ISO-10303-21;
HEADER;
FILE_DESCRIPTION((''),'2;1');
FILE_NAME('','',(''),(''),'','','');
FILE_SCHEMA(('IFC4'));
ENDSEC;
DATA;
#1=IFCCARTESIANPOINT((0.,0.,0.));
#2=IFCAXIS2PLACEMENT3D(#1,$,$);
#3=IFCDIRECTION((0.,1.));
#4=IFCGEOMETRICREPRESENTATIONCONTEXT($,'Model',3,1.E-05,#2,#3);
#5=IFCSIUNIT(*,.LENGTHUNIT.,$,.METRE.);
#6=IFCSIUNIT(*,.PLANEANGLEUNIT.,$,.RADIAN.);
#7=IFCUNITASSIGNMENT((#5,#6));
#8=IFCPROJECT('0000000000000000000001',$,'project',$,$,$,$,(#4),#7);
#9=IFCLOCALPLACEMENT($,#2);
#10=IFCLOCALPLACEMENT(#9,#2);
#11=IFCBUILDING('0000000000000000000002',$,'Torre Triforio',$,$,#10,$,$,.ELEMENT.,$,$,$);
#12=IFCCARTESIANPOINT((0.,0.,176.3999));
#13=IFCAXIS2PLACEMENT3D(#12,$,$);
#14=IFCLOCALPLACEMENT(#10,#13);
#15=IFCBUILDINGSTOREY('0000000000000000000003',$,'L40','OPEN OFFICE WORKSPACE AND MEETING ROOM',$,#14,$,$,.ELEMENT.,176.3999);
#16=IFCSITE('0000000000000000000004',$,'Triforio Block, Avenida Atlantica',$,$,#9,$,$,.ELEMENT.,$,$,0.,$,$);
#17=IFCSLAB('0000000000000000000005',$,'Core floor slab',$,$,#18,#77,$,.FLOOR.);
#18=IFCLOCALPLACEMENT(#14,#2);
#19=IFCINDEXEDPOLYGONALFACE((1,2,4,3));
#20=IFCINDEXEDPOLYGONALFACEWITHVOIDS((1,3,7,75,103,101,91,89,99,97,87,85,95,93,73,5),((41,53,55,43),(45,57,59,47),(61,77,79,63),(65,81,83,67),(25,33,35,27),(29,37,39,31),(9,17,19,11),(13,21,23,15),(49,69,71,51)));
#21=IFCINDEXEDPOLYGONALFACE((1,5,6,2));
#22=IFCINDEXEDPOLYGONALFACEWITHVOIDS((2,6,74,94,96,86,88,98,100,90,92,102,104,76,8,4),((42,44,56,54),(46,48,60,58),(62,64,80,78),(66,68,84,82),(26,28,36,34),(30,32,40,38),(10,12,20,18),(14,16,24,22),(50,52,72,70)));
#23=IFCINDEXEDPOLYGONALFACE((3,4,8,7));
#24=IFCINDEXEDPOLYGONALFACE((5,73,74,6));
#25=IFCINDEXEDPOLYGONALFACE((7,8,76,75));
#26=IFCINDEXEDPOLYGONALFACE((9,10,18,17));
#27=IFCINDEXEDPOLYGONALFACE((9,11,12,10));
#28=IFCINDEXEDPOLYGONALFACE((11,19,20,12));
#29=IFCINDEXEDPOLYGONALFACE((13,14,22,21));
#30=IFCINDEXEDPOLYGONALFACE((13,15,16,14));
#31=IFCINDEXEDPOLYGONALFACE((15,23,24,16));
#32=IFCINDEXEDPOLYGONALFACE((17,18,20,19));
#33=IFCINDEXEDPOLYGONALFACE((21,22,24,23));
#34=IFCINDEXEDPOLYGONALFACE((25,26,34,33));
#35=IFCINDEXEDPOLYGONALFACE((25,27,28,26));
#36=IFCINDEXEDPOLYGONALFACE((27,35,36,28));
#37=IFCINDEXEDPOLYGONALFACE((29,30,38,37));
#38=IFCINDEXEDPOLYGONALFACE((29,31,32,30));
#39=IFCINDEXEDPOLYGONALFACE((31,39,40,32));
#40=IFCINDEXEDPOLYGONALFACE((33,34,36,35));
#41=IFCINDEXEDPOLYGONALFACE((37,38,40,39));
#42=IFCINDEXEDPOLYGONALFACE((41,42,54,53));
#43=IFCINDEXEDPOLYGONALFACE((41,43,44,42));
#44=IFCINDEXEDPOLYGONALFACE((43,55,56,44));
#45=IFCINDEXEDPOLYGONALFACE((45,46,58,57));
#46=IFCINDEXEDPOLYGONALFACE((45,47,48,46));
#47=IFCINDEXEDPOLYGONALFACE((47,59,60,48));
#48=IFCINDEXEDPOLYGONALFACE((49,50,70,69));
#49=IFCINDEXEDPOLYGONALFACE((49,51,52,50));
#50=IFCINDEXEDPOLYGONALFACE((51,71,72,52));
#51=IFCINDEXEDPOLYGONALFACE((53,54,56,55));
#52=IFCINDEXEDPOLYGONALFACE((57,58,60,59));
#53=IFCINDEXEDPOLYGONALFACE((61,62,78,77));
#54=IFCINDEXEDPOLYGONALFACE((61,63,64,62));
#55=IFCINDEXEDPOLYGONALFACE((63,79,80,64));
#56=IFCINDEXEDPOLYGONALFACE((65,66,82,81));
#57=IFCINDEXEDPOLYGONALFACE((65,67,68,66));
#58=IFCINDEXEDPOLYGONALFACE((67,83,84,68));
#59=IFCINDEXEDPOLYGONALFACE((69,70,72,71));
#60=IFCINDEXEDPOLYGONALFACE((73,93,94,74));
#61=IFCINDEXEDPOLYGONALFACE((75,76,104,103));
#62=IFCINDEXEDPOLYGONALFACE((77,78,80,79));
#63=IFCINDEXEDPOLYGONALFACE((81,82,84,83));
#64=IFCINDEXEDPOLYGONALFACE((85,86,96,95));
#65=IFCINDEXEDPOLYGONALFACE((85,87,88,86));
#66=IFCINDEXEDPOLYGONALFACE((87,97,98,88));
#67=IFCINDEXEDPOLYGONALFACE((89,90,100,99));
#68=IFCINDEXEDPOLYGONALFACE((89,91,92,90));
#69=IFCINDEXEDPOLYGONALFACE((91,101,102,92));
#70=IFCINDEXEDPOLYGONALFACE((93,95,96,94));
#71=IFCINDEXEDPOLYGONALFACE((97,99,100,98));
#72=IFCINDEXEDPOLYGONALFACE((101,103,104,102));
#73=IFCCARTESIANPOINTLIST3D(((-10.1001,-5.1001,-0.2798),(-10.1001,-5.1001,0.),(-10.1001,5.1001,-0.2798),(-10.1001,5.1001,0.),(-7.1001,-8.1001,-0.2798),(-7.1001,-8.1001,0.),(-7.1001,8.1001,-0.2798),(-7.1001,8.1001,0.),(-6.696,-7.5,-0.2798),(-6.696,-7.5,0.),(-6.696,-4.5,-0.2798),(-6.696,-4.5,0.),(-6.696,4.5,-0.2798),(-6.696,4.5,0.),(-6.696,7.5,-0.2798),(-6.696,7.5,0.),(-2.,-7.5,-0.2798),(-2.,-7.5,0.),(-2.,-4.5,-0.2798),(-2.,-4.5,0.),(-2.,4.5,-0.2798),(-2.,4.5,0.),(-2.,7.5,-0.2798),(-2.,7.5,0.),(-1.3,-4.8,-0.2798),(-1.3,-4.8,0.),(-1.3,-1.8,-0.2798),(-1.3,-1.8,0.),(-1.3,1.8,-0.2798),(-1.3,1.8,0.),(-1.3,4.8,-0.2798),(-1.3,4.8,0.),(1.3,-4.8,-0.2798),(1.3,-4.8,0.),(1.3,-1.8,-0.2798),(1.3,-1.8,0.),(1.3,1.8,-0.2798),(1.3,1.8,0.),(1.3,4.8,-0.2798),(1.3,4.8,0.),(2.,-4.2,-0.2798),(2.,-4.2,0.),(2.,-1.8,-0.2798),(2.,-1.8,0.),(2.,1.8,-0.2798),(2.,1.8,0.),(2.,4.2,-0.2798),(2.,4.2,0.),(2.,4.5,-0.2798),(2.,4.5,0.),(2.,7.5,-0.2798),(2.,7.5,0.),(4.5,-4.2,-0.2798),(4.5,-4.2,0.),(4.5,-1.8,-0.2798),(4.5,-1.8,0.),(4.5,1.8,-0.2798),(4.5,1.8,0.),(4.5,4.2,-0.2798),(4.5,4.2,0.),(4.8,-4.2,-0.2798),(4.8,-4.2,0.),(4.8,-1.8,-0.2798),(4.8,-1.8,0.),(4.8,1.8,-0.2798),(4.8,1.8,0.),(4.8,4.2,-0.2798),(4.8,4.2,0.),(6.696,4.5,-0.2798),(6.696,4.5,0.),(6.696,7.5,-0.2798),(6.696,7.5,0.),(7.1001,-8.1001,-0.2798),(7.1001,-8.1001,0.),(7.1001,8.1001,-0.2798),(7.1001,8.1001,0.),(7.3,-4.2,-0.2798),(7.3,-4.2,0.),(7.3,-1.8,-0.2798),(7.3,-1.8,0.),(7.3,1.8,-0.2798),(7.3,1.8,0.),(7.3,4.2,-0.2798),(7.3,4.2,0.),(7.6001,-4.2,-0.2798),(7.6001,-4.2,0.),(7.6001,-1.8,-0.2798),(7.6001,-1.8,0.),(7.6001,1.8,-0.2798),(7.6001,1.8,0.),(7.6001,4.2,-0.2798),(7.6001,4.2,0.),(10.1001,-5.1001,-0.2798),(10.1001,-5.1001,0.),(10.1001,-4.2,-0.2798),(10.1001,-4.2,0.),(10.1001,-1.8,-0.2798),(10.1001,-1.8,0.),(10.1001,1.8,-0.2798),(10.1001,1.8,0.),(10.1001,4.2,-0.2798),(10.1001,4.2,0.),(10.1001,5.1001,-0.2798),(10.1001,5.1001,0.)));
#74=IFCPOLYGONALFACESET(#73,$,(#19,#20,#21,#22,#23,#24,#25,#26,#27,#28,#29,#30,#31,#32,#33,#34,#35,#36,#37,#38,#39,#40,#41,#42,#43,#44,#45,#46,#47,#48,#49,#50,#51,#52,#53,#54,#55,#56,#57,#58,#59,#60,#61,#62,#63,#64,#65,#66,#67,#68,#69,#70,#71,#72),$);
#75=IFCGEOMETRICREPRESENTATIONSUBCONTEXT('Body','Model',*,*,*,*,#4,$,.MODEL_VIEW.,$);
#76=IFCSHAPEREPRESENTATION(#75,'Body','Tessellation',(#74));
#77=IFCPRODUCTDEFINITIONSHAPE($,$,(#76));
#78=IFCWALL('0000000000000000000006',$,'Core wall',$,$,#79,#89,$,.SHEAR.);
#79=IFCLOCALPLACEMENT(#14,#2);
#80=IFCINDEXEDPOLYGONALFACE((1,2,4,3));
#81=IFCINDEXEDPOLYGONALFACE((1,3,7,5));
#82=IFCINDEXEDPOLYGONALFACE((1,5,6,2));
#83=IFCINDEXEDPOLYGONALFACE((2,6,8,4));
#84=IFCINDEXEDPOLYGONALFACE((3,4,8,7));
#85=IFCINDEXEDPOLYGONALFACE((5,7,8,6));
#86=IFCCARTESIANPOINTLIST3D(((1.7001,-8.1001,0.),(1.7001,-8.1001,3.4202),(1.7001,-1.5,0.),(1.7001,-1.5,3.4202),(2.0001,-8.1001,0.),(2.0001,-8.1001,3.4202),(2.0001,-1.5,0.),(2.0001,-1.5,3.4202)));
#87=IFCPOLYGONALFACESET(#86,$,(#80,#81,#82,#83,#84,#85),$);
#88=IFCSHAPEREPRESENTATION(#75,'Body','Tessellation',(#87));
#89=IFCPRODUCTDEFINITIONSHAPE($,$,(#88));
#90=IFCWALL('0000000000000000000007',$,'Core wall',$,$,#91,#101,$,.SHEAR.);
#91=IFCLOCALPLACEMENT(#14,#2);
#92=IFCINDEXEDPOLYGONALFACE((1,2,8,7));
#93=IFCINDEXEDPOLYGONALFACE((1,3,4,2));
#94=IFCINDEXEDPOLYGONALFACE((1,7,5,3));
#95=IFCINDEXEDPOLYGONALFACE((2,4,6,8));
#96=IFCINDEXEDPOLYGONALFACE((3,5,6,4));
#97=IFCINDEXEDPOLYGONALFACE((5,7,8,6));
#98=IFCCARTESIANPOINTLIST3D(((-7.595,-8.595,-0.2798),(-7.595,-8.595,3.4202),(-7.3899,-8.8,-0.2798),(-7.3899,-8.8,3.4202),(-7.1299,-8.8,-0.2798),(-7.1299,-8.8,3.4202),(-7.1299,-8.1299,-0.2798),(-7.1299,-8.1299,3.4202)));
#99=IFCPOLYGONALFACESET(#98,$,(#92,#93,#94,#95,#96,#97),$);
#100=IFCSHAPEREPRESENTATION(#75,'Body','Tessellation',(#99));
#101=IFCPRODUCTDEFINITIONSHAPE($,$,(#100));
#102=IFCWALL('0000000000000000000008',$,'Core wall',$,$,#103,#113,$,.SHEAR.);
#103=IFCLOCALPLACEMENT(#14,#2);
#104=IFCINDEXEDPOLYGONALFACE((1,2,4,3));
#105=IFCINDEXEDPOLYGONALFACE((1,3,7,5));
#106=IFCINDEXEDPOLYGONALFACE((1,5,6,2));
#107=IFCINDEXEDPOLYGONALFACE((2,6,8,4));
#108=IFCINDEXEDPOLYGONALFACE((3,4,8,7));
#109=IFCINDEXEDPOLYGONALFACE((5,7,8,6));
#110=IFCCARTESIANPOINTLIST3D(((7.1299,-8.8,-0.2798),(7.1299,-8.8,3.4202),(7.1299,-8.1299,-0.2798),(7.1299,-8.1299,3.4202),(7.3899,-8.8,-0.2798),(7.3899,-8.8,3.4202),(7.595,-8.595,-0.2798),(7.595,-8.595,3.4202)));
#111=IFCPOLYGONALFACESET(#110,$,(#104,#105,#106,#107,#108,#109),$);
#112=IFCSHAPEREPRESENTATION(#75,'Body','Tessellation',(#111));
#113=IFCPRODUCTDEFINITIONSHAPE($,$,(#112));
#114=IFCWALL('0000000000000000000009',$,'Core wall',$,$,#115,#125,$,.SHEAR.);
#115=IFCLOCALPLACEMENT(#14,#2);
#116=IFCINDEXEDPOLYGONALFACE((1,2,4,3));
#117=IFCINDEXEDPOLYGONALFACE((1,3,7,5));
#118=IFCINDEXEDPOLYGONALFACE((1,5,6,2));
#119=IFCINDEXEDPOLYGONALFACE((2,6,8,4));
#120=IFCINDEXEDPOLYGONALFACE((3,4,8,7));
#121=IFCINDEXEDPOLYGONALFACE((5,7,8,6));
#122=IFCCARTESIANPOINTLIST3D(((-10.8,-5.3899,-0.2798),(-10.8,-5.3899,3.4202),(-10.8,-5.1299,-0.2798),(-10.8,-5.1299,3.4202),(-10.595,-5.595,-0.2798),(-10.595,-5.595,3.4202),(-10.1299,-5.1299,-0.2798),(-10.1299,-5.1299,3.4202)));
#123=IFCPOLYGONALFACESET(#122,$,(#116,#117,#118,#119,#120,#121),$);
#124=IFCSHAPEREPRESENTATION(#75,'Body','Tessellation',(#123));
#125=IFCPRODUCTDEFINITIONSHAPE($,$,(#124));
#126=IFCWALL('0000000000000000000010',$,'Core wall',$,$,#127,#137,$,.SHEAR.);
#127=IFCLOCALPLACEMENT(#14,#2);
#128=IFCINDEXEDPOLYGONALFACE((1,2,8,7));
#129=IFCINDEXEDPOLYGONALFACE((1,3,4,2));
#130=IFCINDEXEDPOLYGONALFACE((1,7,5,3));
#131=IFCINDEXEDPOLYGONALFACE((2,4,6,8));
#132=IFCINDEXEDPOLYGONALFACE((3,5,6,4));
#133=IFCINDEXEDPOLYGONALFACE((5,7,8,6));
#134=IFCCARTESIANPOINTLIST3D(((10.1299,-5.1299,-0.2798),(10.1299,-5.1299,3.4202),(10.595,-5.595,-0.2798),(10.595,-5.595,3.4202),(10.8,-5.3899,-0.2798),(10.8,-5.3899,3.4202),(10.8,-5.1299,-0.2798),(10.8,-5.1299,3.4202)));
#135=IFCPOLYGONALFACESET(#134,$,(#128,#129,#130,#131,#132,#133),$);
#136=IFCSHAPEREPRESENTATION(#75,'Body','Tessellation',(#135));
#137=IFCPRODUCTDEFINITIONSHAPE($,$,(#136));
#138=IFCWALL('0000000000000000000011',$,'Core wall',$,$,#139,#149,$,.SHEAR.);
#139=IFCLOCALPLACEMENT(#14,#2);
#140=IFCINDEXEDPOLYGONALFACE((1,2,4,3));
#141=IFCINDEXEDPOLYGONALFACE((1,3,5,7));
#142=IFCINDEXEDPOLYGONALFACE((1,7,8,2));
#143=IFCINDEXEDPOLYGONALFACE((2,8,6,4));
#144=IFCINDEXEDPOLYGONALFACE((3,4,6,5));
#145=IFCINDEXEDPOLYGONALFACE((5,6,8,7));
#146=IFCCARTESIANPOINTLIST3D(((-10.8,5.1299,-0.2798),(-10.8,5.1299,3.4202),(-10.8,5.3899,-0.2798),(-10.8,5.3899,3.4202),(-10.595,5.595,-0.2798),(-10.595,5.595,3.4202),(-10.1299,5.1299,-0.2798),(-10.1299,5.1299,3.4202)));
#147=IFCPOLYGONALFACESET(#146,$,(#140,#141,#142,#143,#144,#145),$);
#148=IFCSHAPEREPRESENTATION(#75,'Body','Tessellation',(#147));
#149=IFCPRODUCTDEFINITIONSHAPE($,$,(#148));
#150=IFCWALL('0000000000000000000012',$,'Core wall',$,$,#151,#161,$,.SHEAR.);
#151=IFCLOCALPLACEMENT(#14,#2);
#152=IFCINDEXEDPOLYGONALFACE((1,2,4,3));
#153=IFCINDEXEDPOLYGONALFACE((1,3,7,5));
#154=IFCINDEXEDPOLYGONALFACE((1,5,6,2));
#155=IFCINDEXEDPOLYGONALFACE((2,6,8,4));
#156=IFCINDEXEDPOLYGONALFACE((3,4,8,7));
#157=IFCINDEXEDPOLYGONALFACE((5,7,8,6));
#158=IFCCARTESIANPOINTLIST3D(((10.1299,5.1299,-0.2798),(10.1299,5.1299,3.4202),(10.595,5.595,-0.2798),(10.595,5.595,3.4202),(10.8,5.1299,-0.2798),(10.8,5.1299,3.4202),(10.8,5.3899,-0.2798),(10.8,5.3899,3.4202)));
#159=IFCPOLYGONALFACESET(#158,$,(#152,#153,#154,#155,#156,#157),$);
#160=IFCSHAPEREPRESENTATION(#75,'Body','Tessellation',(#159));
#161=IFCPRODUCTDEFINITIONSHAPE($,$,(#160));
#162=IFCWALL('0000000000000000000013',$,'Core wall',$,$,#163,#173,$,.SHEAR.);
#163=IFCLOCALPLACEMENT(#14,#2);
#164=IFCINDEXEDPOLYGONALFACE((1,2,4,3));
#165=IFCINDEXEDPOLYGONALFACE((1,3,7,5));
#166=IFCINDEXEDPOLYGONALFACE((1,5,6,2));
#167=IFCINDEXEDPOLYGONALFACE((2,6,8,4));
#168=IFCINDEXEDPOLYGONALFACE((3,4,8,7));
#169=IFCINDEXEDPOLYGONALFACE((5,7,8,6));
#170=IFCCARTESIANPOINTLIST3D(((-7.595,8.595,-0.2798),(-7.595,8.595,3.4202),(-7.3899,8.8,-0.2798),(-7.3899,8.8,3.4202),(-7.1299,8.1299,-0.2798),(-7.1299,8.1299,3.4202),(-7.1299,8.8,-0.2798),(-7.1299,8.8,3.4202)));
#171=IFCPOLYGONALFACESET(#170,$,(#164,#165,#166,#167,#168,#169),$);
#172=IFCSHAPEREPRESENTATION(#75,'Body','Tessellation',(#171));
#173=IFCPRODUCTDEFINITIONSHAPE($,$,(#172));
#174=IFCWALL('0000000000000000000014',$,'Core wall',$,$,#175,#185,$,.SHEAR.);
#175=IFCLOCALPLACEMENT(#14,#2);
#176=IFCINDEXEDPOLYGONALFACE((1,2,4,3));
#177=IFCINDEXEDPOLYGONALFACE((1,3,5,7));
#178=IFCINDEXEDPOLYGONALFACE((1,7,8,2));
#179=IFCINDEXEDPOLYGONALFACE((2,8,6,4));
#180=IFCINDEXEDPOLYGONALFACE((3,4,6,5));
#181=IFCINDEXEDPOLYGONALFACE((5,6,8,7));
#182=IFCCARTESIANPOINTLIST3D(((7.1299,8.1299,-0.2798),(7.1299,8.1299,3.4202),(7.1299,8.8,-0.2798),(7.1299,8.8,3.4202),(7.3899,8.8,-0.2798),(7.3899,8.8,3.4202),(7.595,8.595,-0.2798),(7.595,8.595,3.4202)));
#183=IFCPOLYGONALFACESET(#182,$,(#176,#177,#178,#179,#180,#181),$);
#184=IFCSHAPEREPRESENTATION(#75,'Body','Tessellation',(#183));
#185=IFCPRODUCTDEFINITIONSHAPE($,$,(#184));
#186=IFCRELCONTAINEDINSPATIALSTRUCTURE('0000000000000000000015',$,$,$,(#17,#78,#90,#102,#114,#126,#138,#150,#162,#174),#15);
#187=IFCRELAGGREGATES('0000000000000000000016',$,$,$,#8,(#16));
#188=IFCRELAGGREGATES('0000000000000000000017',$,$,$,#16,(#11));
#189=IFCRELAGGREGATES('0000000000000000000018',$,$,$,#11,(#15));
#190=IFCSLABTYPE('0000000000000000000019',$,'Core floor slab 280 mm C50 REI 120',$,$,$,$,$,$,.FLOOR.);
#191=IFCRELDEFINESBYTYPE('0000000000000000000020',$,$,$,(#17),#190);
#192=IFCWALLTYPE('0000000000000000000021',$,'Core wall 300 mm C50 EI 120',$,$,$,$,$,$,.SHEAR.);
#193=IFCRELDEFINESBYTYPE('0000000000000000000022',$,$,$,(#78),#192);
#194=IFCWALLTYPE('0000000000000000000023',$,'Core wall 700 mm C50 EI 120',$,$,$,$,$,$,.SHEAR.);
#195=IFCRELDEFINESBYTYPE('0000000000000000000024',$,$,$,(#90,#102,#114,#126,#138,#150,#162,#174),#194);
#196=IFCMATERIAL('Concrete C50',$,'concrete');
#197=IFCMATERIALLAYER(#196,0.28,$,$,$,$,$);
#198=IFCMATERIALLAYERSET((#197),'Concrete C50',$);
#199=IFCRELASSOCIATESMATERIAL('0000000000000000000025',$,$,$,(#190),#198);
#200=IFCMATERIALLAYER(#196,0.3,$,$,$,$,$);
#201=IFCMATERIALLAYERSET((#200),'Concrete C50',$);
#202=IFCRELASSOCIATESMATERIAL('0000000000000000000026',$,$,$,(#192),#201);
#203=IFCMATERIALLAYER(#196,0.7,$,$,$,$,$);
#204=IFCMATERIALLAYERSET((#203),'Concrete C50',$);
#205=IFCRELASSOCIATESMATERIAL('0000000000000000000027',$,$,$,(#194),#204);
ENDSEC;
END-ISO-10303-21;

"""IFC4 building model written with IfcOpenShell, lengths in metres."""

from ifc_helpers import new_model, si_unit, direction, frame, frame_2d, origin, place, context, subcontext, project, spatial, polyline, rectangle, outline, extrude, material, layer, layer_set, type_object, element, save


model = new_model("IFC4")

# Units and contexts
model_context = context("Model", 3, precision=1e-05, world=origin(), true_north=direction((0.0, 1.0)))
body_context = subcontext(model_context, "Body", "Model", "MODEL_VIEW")
ifc_project = project(units=[si_unit("LENGTHUNIT", "METRE"), si_unit("PLANEANGLEUNIT", "RADIAN")], contexts=[model_context])

# Site, building, storey
site_placement = place(None, origin())
site = spatial("IfcSite", under=ifc_project, at=site_placement, Name="Triforio Block, Avenida Atlantica", CompositionType="ELEMENT", RefElevation=0.0)
building_placement = place(site_placement, origin())
building = spatial("IfcBuilding", under=site, at=building_placement, Name="Torre Triforio", CompositionType="ELEMENT")
storey_placement = place(building_placement, frame((0.0, 0.0, 176.3999)))
storey = spatial("IfcBuildingStorey", under=building, at=storey_placement, Name="L40", Description="OPEN OFFICE WORKSPACE AND MEETING ROOM", CompositionType="ELEMENT", Elevation=176.3999)

# Slab
ifc_material_1 = material(Name="Concrete C50", Category="concrete")
ifc_layer_1 = layer(ifc_material_1, 0.28)
ifc_layer_set_1 = layer_set([ifc_layer_1], Name="Concrete C50")
slab_type = type_object("IfcSlabType", Name="Core floor slab 280 mm C50 REI 120", PredefinedType="FLOOR", material=ifc_layer_set_1)
slab_placement = place(storey_placement, frame((0.0, 0.0, -0.2798)))
element("IfcSlab", 1, at=slab_placement, inside=storey, type_object=slab_type, Name="Core floor slab", PredefinedType="FLOOR", context=body_context, shape_type="SweptSolid", body=[
    extrude(outline(polyline([(10.1001, -5.1001), (7.1001, -8.1001), (-7.1001, -8.1001), (-10.1001, -5.1001), (-10.1001, 5.1001), (-7.1001, 8.1001), (7.1001, 8.1001), (10.1001, 5.1001), (10.1001, 4.2), (7.6001, 4.2), (7.6001, 1.8), (10.1001, 1.8), (10.1001, -1.8), (7.6001, -1.8), (7.6001, -4.2), (10.1001, -4.2), (10.1001, -5.1001)]), holes=[polyline([(-6.696, -4.5), (-6.696, -7.5), (-2.0, -7.5), (-2.0, -4.5), (-6.696, -4.5)]), polyline([(-1.3, -1.8), (-1.3, -4.8), (1.3, -4.8), (1.3, -1.8), (-1.3, -1.8)]), polyline([(2.0, -1.8), (2.0, -4.2), (4.5, -4.2), (4.5, -1.8), (2.0, -1.8)]), polyline([(4.5, 4.2), (2.0, 4.2), (2.0, 1.8), (4.5, 1.8), (4.5, 4.2)]), polyline([(1.3, 4.8), (-1.3, 4.8), (-1.3, 1.8), (1.3, 1.8), (1.3, 4.8)]), polyline([(-6.696, 7.5), (-6.696, 4.5), (-2.0, 4.5), (-2.0, 7.5), (-6.696, 7.5)]), polyline([(7.3, -1.8), (4.8, -1.8), (4.8, -4.2), (7.3, -4.2), (7.3, -1.8)]), polyline([(4.8, 4.2), (4.8, 1.8), (7.3, 1.8), (7.3, 4.2), (4.8, 4.2)]), polyline([(6.696, 7.5), (2.0, 7.5), (2.0, 4.5), (6.696, 4.5), (6.696, 7.5)])]), origin(), (0.0, 0.0, 1.0), 0.2798),
])

# Walls
ifc_layer_2 = layer(ifc_material_1, 0.3)
ifc_layer_set_2 = layer_set([ifc_layer_2], Name="Concrete C50")
wall_type_1 = type_object("IfcWallType", Name="Core wall 300 mm C50 EI 120", PredefinedType="SHEAR", material=ifc_layer_set_2)
wall_1_placement = place(storey_placement, frame((1.8501, -8.1001, 0.0), z_axis=(0.0, 0.0, 1.0), x_axis=(0.0, 1.0, 0.0)))
element("IfcWall", 2, at=wall_1_placement, inside=storey, type_object=wall_type_1, Name="Core wall", PredefinedType="SHEAR", context=body_context, shape_type="SweptSolid", body=[
    extrude(rectangle(XDim=6.6001, YDim=0.3, at=frame_2d((3.3, 0.0))), origin(), (0.0, 0.0, 1.0), 3.4202),
])
ifc_layer_3 = layer(ifc_material_1, 0.7)
ifc_layer_set_3 = layer_set([ifc_layer_3], Name="Concrete C50")
wall_type_2 = type_object("IfcWallType", Name="Core wall 700 mm C50 EI 120", PredefinedType="SHEAR", material=ifc_layer_set_3)
wall_2_placement = place(storey_placement, frame((0.0, 0.0, -0.2798)))
element("IfcWall", 3, at=wall_2_placement, inside=storey, type_object=wall_type_2, Name="Core wall", PredefinedType="SHEAR", context=body_context, shape_type="SweptSolid", body=[
    extrude(outline(polyline([(-7.3899, -8.8), (-7.595, -8.595), (-7.595, -8.595), (-7.595, -8.595), (-7.1299, -8.1299), (-7.1299, -8.8), (-7.1299, -8.8), (-7.3899, -8.8)])), origin(), (0.0, 0.0, 1.0), 3.7),
])
wall_3_placement = place(storey_placement, frame((0.0, 0.0, -0.2798)))
element("IfcWall", 4, at=wall_3_placement, inside=storey, type_object=wall_type_2, Name="Core wall", PredefinedType="SHEAR", context=body_context, shape_type="SweptSolid", body=[
    extrude(outline(polyline([(7.3899, -8.8), (7.1299, -8.8), (7.1299, -8.8), (7.1299, -8.1299), (7.595, -8.595), (7.595, -8.595), (7.595, -8.595), (7.3899, -8.8)])), origin(), (0.0, 0.0, 1.0), 3.7),
])
wall_4_placement = place(storey_placement, frame((0.0, 0.0, -0.2798)))
element("IfcWall", 5, at=wall_4_placement, inside=storey, type_object=wall_type_2, Name="Core wall", PredefinedType="SHEAR", context=body_context, shape_type="SweptSolid", body=[
    extrude(outline(polyline([(-10.8, -5.3899), (-10.8, -5.1299), (-10.8, -5.1299), (-10.1299, -5.1299), (-10.595, -5.595), (-10.595, -5.595), (-10.595, -5.595), (-10.8, -5.3899)])), origin(), (0.0, 0.0, 1.0), 3.7),
])
wall_5_placement = place(storey_placement, frame((0.0, 0.0, -0.2798)))
element("IfcWall", 6, at=wall_5_placement, inside=storey, type_object=wall_type_2, Name="Core wall", PredefinedType="SHEAR", context=body_context, shape_type="SweptSolid", body=[
    extrude(outline(polyline([(10.8, -5.3899), (10.595, -5.595), (10.595, -5.595), (10.595, -5.595), (10.1299, -5.1299), (10.8, -5.1299), (10.8, -5.1299), (10.8, -5.3899)])), origin(), (0.0, 0.0, 1.0), 3.7),
])
wall_6_placement = place(storey_placement, frame((0.0, 0.0, -0.2798)))
element("IfcWall", 7, at=wall_6_placement, inside=storey, type_object=wall_type_2, Name="Core wall", PredefinedType="SHEAR", context=body_context, shape_type="SweptSolid", body=[
    extrude(outline(polyline([(-10.595, 5.595), (-10.595, 5.595), (-10.595, 5.595), (-10.1299, 5.1299), (-10.8, 5.1299), (-10.8, 5.1299), (-10.8, 5.3899), (-10.595, 5.595)])), origin(), (0.0, 0.0, 1.0), 3.7),
])
wall_7_placement = place(storey_placement, frame((0.0, 0.0, -0.2798)))
element("IfcWall", 8, at=wall_7_placement, inside=storey, type_object=wall_type_2, Name="Core wall", PredefinedType="SHEAR", context=body_context, shape_type="SweptSolid", body=[
    extrude(outline(polyline([(10.8, 5.3899), (10.8, 5.1299), (10.8, 5.1299), (10.1299, 5.1299), (10.595, 5.595), (10.595, 5.595), (10.595, 5.595), (10.8, 5.3899)])), origin(), (0.0, 0.0, 1.0), 3.7),
])
wall_8_placement = place(storey_placement, frame((0.0, 0.0, -0.2798)))
element("IfcWall", 9, at=wall_8_placement, inside=storey, type_object=wall_type_2, Name="Core wall", PredefinedType="SHEAR", context=body_context, shape_type="SweptSolid", body=[
    extrude(outline(polyline([(-7.3899, 8.8), (-7.1299, 8.8), (-7.1299, 8.8), (-7.1299, 8.1299), (-7.595, 8.595), (-7.595, 8.595), (-7.595, 8.595), (-7.3899, 8.8)])), origin(), (0.0, 0.0, 1.0), 3.7),
])
wall_9_placement = place(storey_placement, frame((0.0, 0.0, -0.2798)))
element("IfcWall", 10, at=wall_9_placement, inside=storey, type_object=wall_type_2, Name="Core wall", PredefinedType="SHEAR", context=body_context, shape_type="SweptSolid", body=[
    extrude(outline(polyline([(7.3899, 8.8), (7.595, 8.595), (7.595, 8.595), (7.595, 8.595), (7.1299, 8.1299), (7.1299, 8.8), (7.1299, 8.8), (7.3899, 8.8)])), origin(), (0.0, 0.0, 1.0), 3.7),
])

save(model, "model.ifc")
